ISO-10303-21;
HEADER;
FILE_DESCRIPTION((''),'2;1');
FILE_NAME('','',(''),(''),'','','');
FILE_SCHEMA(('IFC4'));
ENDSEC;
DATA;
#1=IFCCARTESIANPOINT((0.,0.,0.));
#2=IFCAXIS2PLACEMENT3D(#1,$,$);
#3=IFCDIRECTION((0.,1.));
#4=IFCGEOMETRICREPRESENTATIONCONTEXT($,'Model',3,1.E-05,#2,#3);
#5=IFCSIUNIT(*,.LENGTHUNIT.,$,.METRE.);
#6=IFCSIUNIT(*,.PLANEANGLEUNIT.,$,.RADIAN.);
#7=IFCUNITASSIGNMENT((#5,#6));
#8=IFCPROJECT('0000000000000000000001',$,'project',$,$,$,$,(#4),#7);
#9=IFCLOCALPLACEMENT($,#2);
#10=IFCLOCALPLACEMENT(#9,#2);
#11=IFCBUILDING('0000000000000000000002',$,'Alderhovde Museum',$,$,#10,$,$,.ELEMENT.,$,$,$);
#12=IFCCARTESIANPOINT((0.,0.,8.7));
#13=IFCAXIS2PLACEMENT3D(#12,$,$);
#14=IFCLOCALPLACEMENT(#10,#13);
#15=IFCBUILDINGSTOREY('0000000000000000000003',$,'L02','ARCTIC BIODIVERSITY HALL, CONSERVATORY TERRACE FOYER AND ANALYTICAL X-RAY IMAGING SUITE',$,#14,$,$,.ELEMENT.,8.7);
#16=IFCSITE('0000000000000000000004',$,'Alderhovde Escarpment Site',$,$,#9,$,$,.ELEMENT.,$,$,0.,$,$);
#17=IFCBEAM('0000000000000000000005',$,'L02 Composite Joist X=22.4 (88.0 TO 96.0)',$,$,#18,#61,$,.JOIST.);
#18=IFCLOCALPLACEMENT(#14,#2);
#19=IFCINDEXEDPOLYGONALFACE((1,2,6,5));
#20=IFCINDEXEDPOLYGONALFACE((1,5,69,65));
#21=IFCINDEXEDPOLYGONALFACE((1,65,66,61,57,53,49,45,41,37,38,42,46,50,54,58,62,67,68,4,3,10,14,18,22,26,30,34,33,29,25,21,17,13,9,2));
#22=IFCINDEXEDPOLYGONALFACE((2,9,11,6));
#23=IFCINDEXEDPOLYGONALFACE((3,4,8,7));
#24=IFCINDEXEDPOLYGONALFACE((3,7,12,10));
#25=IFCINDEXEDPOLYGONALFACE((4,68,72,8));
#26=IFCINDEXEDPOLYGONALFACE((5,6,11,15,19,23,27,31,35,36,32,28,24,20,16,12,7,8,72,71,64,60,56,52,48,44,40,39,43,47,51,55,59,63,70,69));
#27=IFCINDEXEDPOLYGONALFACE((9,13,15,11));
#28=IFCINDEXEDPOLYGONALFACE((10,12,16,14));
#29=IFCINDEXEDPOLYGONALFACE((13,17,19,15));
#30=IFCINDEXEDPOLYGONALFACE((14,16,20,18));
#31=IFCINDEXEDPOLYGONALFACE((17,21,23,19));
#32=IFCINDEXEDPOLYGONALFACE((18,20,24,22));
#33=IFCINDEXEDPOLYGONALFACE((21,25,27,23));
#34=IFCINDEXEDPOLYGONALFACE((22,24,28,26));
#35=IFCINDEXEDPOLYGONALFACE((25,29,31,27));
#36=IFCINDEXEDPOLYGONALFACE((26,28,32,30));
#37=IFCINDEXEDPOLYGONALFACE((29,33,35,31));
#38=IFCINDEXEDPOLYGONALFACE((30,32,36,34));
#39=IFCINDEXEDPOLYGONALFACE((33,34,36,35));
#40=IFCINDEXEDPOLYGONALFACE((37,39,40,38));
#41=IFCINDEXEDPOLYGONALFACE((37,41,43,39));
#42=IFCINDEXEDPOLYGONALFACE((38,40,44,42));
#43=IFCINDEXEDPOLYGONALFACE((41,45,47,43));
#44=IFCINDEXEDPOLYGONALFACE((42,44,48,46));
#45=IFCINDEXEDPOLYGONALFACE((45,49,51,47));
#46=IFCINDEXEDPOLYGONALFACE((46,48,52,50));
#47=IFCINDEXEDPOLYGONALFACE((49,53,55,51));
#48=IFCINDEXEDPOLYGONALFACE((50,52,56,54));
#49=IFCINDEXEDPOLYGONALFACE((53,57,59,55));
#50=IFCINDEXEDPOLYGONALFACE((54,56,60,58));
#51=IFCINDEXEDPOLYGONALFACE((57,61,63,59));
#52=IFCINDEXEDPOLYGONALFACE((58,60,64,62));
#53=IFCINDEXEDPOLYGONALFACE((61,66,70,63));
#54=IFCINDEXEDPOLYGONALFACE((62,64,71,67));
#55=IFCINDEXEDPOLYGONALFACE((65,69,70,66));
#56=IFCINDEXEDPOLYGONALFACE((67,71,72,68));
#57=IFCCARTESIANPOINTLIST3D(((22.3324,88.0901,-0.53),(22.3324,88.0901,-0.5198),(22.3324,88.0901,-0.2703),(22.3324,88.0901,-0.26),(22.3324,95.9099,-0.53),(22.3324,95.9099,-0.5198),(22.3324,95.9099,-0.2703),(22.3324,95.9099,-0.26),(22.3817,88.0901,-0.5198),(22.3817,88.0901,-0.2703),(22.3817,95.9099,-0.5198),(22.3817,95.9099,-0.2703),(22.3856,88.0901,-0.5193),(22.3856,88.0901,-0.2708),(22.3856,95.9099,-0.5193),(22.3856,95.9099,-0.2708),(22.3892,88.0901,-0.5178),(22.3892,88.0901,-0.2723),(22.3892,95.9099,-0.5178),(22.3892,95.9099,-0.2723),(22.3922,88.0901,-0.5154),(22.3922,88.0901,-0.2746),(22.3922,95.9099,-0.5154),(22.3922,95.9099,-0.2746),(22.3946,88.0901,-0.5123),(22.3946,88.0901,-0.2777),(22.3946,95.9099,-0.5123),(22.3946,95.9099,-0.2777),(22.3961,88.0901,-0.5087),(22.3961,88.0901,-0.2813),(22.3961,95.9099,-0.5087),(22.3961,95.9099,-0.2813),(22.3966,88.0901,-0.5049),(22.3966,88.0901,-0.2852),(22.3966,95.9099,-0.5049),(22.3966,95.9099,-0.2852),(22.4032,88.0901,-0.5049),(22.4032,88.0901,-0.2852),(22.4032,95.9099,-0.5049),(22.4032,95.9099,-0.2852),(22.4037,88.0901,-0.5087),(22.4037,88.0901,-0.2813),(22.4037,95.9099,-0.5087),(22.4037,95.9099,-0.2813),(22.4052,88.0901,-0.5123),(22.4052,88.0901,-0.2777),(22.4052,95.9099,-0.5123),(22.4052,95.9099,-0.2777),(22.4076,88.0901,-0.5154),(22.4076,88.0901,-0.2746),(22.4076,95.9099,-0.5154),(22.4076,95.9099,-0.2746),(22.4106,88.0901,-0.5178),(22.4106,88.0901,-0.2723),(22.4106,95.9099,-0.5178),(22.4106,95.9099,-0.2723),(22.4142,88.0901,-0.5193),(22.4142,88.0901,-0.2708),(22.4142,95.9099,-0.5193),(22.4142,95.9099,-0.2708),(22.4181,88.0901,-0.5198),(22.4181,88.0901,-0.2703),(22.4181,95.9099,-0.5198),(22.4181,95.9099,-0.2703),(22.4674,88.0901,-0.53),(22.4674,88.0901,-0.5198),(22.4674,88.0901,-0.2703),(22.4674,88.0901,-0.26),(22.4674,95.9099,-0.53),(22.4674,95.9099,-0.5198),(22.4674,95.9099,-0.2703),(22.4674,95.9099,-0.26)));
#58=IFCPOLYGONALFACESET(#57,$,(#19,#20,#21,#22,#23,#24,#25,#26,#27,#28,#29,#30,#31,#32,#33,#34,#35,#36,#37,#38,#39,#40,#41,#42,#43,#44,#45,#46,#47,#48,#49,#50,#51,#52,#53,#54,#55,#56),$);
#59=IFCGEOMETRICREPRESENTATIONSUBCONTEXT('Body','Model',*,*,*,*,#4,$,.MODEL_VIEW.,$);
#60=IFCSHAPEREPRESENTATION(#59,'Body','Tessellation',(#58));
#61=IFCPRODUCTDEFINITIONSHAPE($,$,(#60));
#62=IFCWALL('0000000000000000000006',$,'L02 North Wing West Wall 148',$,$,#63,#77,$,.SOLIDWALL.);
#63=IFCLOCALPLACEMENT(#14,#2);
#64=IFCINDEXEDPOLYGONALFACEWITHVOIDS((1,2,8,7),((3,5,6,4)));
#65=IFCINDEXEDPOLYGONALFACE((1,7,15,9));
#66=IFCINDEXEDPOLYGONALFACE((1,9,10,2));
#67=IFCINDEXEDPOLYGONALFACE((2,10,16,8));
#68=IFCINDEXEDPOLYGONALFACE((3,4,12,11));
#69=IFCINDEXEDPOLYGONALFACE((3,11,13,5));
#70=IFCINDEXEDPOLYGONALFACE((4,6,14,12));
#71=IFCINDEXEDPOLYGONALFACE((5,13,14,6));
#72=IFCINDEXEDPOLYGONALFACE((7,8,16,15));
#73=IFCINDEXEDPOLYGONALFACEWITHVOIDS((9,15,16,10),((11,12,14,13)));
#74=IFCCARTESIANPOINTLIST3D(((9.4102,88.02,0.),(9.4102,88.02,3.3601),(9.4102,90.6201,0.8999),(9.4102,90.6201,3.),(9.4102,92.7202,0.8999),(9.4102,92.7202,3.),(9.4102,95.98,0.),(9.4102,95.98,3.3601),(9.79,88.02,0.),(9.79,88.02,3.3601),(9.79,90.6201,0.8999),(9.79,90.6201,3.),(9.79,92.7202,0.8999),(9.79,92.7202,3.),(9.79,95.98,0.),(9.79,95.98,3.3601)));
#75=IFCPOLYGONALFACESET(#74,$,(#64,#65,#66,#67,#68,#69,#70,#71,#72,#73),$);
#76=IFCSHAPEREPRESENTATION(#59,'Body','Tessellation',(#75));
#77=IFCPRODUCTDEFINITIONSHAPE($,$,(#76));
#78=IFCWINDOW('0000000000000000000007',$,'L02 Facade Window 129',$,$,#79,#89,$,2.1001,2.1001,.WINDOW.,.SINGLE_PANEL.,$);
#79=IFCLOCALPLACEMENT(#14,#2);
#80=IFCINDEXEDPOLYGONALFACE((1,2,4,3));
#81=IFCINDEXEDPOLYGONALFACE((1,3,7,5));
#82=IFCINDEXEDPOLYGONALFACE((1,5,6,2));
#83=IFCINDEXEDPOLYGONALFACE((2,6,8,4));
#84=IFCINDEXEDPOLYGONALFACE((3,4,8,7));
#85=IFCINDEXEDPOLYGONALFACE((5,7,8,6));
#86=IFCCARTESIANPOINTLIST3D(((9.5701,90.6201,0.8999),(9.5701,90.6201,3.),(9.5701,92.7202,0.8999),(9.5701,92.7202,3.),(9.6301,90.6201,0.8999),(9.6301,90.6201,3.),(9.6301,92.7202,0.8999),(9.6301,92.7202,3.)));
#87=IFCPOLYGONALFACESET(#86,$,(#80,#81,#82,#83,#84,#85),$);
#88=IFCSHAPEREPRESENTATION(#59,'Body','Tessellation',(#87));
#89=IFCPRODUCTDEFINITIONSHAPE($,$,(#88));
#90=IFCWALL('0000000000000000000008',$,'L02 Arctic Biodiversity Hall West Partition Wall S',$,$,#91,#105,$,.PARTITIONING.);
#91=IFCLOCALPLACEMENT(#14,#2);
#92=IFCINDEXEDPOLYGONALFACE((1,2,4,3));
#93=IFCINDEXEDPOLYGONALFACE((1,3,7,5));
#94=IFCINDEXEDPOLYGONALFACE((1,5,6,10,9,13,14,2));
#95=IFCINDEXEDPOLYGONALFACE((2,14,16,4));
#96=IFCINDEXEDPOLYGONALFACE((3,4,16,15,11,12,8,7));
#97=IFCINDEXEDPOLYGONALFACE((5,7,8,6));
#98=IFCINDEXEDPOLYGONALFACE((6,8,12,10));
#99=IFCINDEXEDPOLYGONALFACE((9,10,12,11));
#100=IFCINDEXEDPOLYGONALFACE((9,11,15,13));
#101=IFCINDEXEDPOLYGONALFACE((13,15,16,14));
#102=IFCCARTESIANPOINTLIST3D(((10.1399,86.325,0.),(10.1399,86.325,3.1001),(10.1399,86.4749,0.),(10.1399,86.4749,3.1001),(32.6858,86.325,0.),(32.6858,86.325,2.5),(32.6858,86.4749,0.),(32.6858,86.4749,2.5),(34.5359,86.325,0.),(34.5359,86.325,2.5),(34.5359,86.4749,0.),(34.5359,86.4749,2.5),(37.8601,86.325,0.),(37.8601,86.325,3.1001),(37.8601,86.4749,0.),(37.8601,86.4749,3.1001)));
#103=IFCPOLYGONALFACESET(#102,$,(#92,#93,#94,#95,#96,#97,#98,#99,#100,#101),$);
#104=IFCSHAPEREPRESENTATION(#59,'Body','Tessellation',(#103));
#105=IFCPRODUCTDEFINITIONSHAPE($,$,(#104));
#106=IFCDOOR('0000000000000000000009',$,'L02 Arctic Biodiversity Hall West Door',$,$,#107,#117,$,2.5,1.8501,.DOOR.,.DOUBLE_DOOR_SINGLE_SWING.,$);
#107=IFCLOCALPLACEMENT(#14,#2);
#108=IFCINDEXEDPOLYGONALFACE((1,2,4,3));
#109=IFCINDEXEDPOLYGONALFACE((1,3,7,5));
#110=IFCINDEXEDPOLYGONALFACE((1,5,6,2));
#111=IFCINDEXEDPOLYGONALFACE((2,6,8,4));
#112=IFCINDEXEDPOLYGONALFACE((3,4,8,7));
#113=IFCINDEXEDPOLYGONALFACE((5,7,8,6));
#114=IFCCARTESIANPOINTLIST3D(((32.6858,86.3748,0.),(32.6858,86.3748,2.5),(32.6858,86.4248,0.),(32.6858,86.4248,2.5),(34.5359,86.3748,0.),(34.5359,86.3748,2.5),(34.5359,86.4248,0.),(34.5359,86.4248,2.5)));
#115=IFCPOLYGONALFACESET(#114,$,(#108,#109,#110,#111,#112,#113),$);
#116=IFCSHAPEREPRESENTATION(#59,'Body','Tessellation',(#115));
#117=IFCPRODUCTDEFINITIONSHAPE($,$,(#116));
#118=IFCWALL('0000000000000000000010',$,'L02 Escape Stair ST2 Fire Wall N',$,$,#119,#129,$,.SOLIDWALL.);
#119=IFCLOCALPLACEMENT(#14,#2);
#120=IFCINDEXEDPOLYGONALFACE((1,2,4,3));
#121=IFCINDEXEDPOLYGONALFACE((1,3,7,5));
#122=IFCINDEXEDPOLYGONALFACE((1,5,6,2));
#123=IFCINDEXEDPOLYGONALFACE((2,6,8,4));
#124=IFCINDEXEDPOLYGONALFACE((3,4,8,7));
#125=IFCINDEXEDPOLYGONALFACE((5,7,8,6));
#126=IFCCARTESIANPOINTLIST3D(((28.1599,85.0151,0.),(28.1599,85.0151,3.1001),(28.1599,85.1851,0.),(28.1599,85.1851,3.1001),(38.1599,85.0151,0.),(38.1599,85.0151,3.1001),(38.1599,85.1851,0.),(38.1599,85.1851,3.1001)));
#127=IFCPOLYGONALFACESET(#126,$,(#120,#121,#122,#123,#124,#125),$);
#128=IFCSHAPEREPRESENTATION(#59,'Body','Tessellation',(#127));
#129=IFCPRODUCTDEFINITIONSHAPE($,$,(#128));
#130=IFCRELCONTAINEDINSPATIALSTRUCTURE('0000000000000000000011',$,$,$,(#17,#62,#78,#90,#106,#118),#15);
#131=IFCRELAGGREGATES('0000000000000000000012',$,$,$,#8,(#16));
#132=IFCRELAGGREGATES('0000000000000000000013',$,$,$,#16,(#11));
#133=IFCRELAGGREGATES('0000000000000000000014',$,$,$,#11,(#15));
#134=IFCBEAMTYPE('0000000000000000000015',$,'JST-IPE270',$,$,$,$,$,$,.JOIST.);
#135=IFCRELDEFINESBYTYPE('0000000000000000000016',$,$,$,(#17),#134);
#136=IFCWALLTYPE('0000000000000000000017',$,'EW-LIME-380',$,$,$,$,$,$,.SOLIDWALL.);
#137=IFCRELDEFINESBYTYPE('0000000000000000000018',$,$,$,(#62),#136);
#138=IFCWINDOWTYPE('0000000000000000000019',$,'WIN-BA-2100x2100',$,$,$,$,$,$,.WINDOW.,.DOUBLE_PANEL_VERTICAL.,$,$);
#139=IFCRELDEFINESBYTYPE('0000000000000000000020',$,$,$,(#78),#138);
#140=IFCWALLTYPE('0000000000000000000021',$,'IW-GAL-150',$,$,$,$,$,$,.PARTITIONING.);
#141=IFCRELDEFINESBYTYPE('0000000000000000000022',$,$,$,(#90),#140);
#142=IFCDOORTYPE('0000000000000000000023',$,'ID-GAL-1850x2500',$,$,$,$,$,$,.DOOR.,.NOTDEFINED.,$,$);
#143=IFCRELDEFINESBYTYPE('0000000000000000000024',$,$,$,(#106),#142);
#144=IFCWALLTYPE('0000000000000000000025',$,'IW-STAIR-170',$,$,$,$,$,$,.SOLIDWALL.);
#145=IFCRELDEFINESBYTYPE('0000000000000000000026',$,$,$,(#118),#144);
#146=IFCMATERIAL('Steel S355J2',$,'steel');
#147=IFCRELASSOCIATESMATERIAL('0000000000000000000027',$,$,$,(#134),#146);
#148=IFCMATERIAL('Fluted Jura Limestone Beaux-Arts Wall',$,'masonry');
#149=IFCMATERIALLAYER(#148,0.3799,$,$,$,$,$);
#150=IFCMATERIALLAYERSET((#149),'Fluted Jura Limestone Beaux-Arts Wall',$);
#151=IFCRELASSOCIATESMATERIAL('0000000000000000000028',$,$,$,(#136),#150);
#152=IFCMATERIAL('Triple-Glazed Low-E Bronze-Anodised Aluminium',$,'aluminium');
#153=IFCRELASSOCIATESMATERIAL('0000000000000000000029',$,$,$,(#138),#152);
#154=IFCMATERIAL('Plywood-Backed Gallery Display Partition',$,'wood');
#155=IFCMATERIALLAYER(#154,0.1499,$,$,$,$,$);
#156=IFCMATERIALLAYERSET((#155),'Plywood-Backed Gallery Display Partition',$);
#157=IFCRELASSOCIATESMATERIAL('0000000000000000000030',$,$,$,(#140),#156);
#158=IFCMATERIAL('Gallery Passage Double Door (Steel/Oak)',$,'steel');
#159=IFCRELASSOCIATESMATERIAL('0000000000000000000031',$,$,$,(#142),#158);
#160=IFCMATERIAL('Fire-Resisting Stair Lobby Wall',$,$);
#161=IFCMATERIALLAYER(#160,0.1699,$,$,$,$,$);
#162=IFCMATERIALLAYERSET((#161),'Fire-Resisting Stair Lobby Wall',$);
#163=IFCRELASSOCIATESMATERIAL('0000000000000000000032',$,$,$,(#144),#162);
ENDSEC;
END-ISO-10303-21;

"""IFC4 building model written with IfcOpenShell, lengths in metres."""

from ifc_helpers import new_model, si_unit, direction, frame, frame_2d, origin, origin_2d, place, context, subcontext, project, spatial, rectangle, i_section, extrude, material, layer, layer_set, material_profile, profile_set, type_object, element, fill, save


model = new_model("IFC4")

# Units and contexts
model_context = context("Model", 3, precision=1e-05, world=origin(), true_north=direction((0.0, 1.0)))
body_context = subcontext(model_context, "Body", "Model", "MODEL_VIEW")
ifc_project = project(units=[si_unit("LENGTHUNIT", "METRE"), si_unit("PLANEANGLEUNIT", "RADIAN")], contexts=[model_context])

# Site, building, storey
site_placement = place(None, origin())
site = spatial("IfcSite", under=ifc_project, at=site_placement, Name="Alderhovde Escarpment Site", CompositionType="ELEMENT", RefElevation=0.0)
building_placement = place(site_placement, origin())
building = spatial("IfcBuilding", under=site, at=building_placement, Name="Alderhovde Museum", CompositionType="ELEMENT")
storey_placement = place(building_placement, frame((0.0, 0.0, 8.7)))
storey = spatial("IfcBuildingStorey", under=building, at=storey_placement, Name="L02", Description="ARCTIC BIODIVERSITY HALL, CONSERVATORY TERRACE FOYER AND ANALYTICAL X-RAY IMAGING SUITE", CompositionType="ELEMENT", Elevation=8.7)

# Beam
ifc_material_1 = material(Name="Steel S355J2", Category="steel")
ifc_material_profile_1 = material_profile(ifc_material_1, i_section(OverallWidth=0.135, OverallDepth=0.27, WebThickness=0.0066, FlangeThickness=0.0103, FilletRadius=0.0149, at=origin_2d()), Name="IPE 270")
ifc_profile_set_1 = profile_set([ifc_material_profile_1], Name="Steel S355J2")
beam_type_1 = type_object("IfcBeamType", Name="JST-IPE270", PredefinedType="JOIST", material=ifc_profile_set_1)
for number, where, z_axis, x_axis, name in (
    (1, (22.3999, 88.0901, -0.395), (0.0, 1.0, 0.0), (-1.0, 0.0, 0.0), "L02 Composite Joist X=22.4 (88.0 TO 96.0)"),
):
    element("IfcBeam", number, at=place(storey_placement, frame(where, z_axis=z_axis, x_axis=x_axis)), inside=storey, type_object=beam_type_1, Name=name, PredefinedType="JOIST", context=body_context, shape_type="SweptSolid", body=[
        extrude(i_section(OverallWidth=0.135, OverallDepth=0.27, WebThickness=0.0066, FlangeThickness=0.0103, FilletRadius=0.0149, at=origin_2d()), origin(), (0.0, 0.0, 1.0), 7.8198),
    ])

# Wall, opening, window
ifc_material_2 = material(Name="Fluted Jura Limestone Beaux-Arts Wall", Category="masonry")
ifc_layer_1 = layer(ifc_material_2, 0.3799)
ifc_layer_set_1 = layer_set([ifc_layer_1], Name="Fluted Jura Limestone Beaux-Arts Wall")
wall_type_1 = type_object("IfcWallType", Name="EW-LIME-380", PredefinedType="SOLIDWALL", material=ifc_layer_set_1)
wall_1_placement = place(storey_placement, frame((9.6001, 88.02, 0.0), z_axis=(0.0, 0.0, 1.0), x_axis=(0.0, 1.0, 0.0)))
wall_1 = element("IfcWall", 2, at=wall_1_placement, inside=storey, type_object=wall_type_1, Name="L02 North Wing West Wall 148", PredefinedType="SOLIDWALL", context=body_context, shape_type="SweptSolid", body=[
    extrude(rectangle(XDim=7.96, YDim=0.3799, at=frame_2d((3.98, 0.0))), origin(), (0.0, 0.0, 1.0), 3.3601),
])
opening_1_placement = place(wall_1_placement, frame((2.6001, 0.0, 0.8999)))
opening_1 = element("IfcOpeningElement", 3, at=opening_1_placement, cuts=wall_1, PredefinedType="OPENING", context=body_context, shape_type="SweptSolid", body=[
    extrude(rectangle(XDim=2.1001, YDim=2.1001, at=frame_2d((1.05, 1.05))), frame((0.0, 0.2, 0.0), z_axis=(0.0, -1.0, 0.0), x_axis=(1.0, 0.0, 0.0)), (0.0, 0.0, 1.0), 0.3999),
])
ifc_material_3 = material(Name="Triple-Glazed Low-E Bronze-Anodised Aluminium", Category="aluminium")
window_type = type_object("IfcWindowType", Name="WIN-BA-2100x2100", PartitioningType="DOUBLE_PANEL_VERTICAL", PredefinedType="WINDOW", material=ifc_material_3)
window_placement = place(opening_1_placement, origin())
window = element("IfcWindow", 4, at=window_placement, inside=storey, type_object=window_type, Name="L02 Facade Window 129", OverallHeight=2.1001, OverallWidth=2.1001, PartitioningType="SINGLE_PANEL", PredefinedType="WINDOW", context=body_context, shape_type="SweptSolid", body=[
    extrude(rectangle(XDim=2.1001, YDim=2.1001, at=frame_2d((1.05, 1.05))), frame((0.0, 0.03, 0.0), z_axis=(0.0, -1.0, 0.0), x_axis=(1.0, 0.0, 0.0)), (0.0, 0.0, 1.0), 0.0601),
])
fill(opening_1, window)

# Wall, opening, door
ifc_material_4 = material(Name="Plywood-Backed Gallery Display Partition", Category="wood")
ifc_layer_2 = layer(ifc_material_4, 0.1499)
ifc_layer_set_2 = layer_set([ifc_layer_2], Name="Plywood-Backed Gallery Display Partition")
wall_type_2 = type_object("IfcWallType", Name="IW-GAL-150", PredefinedType="PARTITIONING", material=ifc_layer_set_2)
wall_2_placement = place(storey_placement, frame((10.1399, 86.3999, 0.0), z_axis=(0.0, 0.0, 1.0), x_axis=(1.0, 0.0, 0.0)))
wall_2 = element("IfcWall", 5, at=wall_2_placement, inside=storey, type_object=wall_type_2, Name="L02 Arctic Biodiversity Hall West Partition Wall S", PredefinedType="PARTITIONING", context=body_context, shape_type="SweptSolid", body=[
    extrude(rectangle(XDim=27.7202, YDim=0.1499, at=frame_2d((13.8601, 0.0))), origin(), (0.0, 0.0, 1.0), 3.1001),
])
opening_2_placement = place(wall_2_placement, frame((22.5459, 0.0, 0.0)))
opening_2 = element("IfcOpeningElement", 6, at=opening_2_placement, cuts=wall_2, PredefinedType="OPENING", context=body_context, shape_type="SweptSolid", body=[
    extrude(rectangle(XDim=1.8501, YDim=2.5, at=frame_2d((0.925, 1.25))), frame((0.0, 0.085, 0.0), z_axis=(0.0, -1.0, 0.0), x_axis=(1.0, 0.0, 0.0)), (0.0, 0.0, 1.0), 0.1699),
])
ifc_material_5 = material(Name="Gallery Passage Double Door (Steel/Oak)", Category="steel")
door_type = type_object("IfcDoorType", Name="ID-GAL-1850x2500", OperationType="NOTDEFINED", PredefinedType="DOOR", material=ifc_material_5)
door_placement = place(opening_2_placement, origin())
door = element("IfcDoor", 7, at=door_placement, inside=storey, type_object=door_type, Name="L02 Arctic Biodiversity Hall West Door", OperationType="DOUBLE_DOOR_SINGLE_SWING", OverallHeight=2.5, OverallWidth=1.8501, PredefinedType="DOOR", context=body_context, shape_type="SweptSolid", body=[
    extrude(rectangle(XDim=1.8501, YDim=2.5, at=frame_2d((0.925, 1.25))), frame((0.0, 0.0249, 0.0), z_axis=(0.0, -1.0, 0.0), x_axis=(1.0, 0.0, 0.0)), (0.0, 0.0, 1.0), 0.05),
])
fill(opening_2, door)

# Wall
ifc_material_6 = material(Name="Fire-Resisting Stair Lobby Wall")
ifc_layer_3 = layer(ifc_material_6, 0.1699)
ifc_layer_set_3 = layer_set([ifc_layer_3], Name="Fire-Resisting Stair Lobby Wall")
wall_type_3 = type_object("IfcWallType", Name="IW-STAIR-170", PredefinedType="SOLIDWALL", material=ifc_layer_set_3)
wall_3_placement = place(storey_placement, frame((28.1599, 85.1001, 0.0), z_axis=(0.0, 0.0, 1.0), x_axis=(1.0, 0.0, 0.0)))
element("IfcWall", 8, at=wall_3_placement, inside=storey, type_object=wall_type_3, Name="L02 Escape Stair ST2 Fire Wall N", PredefinedType="SOLIDWALL", context=body_context, shape_type="SweptSolid", body=[
    extrude(rectangle(XDim=10.0, YDim=0.1699, at=frame_2d((5.0, 0.0))), origin(), (0.0, 0.0, 1.0), 3.1001),
])

save(model, "model.ifc")
